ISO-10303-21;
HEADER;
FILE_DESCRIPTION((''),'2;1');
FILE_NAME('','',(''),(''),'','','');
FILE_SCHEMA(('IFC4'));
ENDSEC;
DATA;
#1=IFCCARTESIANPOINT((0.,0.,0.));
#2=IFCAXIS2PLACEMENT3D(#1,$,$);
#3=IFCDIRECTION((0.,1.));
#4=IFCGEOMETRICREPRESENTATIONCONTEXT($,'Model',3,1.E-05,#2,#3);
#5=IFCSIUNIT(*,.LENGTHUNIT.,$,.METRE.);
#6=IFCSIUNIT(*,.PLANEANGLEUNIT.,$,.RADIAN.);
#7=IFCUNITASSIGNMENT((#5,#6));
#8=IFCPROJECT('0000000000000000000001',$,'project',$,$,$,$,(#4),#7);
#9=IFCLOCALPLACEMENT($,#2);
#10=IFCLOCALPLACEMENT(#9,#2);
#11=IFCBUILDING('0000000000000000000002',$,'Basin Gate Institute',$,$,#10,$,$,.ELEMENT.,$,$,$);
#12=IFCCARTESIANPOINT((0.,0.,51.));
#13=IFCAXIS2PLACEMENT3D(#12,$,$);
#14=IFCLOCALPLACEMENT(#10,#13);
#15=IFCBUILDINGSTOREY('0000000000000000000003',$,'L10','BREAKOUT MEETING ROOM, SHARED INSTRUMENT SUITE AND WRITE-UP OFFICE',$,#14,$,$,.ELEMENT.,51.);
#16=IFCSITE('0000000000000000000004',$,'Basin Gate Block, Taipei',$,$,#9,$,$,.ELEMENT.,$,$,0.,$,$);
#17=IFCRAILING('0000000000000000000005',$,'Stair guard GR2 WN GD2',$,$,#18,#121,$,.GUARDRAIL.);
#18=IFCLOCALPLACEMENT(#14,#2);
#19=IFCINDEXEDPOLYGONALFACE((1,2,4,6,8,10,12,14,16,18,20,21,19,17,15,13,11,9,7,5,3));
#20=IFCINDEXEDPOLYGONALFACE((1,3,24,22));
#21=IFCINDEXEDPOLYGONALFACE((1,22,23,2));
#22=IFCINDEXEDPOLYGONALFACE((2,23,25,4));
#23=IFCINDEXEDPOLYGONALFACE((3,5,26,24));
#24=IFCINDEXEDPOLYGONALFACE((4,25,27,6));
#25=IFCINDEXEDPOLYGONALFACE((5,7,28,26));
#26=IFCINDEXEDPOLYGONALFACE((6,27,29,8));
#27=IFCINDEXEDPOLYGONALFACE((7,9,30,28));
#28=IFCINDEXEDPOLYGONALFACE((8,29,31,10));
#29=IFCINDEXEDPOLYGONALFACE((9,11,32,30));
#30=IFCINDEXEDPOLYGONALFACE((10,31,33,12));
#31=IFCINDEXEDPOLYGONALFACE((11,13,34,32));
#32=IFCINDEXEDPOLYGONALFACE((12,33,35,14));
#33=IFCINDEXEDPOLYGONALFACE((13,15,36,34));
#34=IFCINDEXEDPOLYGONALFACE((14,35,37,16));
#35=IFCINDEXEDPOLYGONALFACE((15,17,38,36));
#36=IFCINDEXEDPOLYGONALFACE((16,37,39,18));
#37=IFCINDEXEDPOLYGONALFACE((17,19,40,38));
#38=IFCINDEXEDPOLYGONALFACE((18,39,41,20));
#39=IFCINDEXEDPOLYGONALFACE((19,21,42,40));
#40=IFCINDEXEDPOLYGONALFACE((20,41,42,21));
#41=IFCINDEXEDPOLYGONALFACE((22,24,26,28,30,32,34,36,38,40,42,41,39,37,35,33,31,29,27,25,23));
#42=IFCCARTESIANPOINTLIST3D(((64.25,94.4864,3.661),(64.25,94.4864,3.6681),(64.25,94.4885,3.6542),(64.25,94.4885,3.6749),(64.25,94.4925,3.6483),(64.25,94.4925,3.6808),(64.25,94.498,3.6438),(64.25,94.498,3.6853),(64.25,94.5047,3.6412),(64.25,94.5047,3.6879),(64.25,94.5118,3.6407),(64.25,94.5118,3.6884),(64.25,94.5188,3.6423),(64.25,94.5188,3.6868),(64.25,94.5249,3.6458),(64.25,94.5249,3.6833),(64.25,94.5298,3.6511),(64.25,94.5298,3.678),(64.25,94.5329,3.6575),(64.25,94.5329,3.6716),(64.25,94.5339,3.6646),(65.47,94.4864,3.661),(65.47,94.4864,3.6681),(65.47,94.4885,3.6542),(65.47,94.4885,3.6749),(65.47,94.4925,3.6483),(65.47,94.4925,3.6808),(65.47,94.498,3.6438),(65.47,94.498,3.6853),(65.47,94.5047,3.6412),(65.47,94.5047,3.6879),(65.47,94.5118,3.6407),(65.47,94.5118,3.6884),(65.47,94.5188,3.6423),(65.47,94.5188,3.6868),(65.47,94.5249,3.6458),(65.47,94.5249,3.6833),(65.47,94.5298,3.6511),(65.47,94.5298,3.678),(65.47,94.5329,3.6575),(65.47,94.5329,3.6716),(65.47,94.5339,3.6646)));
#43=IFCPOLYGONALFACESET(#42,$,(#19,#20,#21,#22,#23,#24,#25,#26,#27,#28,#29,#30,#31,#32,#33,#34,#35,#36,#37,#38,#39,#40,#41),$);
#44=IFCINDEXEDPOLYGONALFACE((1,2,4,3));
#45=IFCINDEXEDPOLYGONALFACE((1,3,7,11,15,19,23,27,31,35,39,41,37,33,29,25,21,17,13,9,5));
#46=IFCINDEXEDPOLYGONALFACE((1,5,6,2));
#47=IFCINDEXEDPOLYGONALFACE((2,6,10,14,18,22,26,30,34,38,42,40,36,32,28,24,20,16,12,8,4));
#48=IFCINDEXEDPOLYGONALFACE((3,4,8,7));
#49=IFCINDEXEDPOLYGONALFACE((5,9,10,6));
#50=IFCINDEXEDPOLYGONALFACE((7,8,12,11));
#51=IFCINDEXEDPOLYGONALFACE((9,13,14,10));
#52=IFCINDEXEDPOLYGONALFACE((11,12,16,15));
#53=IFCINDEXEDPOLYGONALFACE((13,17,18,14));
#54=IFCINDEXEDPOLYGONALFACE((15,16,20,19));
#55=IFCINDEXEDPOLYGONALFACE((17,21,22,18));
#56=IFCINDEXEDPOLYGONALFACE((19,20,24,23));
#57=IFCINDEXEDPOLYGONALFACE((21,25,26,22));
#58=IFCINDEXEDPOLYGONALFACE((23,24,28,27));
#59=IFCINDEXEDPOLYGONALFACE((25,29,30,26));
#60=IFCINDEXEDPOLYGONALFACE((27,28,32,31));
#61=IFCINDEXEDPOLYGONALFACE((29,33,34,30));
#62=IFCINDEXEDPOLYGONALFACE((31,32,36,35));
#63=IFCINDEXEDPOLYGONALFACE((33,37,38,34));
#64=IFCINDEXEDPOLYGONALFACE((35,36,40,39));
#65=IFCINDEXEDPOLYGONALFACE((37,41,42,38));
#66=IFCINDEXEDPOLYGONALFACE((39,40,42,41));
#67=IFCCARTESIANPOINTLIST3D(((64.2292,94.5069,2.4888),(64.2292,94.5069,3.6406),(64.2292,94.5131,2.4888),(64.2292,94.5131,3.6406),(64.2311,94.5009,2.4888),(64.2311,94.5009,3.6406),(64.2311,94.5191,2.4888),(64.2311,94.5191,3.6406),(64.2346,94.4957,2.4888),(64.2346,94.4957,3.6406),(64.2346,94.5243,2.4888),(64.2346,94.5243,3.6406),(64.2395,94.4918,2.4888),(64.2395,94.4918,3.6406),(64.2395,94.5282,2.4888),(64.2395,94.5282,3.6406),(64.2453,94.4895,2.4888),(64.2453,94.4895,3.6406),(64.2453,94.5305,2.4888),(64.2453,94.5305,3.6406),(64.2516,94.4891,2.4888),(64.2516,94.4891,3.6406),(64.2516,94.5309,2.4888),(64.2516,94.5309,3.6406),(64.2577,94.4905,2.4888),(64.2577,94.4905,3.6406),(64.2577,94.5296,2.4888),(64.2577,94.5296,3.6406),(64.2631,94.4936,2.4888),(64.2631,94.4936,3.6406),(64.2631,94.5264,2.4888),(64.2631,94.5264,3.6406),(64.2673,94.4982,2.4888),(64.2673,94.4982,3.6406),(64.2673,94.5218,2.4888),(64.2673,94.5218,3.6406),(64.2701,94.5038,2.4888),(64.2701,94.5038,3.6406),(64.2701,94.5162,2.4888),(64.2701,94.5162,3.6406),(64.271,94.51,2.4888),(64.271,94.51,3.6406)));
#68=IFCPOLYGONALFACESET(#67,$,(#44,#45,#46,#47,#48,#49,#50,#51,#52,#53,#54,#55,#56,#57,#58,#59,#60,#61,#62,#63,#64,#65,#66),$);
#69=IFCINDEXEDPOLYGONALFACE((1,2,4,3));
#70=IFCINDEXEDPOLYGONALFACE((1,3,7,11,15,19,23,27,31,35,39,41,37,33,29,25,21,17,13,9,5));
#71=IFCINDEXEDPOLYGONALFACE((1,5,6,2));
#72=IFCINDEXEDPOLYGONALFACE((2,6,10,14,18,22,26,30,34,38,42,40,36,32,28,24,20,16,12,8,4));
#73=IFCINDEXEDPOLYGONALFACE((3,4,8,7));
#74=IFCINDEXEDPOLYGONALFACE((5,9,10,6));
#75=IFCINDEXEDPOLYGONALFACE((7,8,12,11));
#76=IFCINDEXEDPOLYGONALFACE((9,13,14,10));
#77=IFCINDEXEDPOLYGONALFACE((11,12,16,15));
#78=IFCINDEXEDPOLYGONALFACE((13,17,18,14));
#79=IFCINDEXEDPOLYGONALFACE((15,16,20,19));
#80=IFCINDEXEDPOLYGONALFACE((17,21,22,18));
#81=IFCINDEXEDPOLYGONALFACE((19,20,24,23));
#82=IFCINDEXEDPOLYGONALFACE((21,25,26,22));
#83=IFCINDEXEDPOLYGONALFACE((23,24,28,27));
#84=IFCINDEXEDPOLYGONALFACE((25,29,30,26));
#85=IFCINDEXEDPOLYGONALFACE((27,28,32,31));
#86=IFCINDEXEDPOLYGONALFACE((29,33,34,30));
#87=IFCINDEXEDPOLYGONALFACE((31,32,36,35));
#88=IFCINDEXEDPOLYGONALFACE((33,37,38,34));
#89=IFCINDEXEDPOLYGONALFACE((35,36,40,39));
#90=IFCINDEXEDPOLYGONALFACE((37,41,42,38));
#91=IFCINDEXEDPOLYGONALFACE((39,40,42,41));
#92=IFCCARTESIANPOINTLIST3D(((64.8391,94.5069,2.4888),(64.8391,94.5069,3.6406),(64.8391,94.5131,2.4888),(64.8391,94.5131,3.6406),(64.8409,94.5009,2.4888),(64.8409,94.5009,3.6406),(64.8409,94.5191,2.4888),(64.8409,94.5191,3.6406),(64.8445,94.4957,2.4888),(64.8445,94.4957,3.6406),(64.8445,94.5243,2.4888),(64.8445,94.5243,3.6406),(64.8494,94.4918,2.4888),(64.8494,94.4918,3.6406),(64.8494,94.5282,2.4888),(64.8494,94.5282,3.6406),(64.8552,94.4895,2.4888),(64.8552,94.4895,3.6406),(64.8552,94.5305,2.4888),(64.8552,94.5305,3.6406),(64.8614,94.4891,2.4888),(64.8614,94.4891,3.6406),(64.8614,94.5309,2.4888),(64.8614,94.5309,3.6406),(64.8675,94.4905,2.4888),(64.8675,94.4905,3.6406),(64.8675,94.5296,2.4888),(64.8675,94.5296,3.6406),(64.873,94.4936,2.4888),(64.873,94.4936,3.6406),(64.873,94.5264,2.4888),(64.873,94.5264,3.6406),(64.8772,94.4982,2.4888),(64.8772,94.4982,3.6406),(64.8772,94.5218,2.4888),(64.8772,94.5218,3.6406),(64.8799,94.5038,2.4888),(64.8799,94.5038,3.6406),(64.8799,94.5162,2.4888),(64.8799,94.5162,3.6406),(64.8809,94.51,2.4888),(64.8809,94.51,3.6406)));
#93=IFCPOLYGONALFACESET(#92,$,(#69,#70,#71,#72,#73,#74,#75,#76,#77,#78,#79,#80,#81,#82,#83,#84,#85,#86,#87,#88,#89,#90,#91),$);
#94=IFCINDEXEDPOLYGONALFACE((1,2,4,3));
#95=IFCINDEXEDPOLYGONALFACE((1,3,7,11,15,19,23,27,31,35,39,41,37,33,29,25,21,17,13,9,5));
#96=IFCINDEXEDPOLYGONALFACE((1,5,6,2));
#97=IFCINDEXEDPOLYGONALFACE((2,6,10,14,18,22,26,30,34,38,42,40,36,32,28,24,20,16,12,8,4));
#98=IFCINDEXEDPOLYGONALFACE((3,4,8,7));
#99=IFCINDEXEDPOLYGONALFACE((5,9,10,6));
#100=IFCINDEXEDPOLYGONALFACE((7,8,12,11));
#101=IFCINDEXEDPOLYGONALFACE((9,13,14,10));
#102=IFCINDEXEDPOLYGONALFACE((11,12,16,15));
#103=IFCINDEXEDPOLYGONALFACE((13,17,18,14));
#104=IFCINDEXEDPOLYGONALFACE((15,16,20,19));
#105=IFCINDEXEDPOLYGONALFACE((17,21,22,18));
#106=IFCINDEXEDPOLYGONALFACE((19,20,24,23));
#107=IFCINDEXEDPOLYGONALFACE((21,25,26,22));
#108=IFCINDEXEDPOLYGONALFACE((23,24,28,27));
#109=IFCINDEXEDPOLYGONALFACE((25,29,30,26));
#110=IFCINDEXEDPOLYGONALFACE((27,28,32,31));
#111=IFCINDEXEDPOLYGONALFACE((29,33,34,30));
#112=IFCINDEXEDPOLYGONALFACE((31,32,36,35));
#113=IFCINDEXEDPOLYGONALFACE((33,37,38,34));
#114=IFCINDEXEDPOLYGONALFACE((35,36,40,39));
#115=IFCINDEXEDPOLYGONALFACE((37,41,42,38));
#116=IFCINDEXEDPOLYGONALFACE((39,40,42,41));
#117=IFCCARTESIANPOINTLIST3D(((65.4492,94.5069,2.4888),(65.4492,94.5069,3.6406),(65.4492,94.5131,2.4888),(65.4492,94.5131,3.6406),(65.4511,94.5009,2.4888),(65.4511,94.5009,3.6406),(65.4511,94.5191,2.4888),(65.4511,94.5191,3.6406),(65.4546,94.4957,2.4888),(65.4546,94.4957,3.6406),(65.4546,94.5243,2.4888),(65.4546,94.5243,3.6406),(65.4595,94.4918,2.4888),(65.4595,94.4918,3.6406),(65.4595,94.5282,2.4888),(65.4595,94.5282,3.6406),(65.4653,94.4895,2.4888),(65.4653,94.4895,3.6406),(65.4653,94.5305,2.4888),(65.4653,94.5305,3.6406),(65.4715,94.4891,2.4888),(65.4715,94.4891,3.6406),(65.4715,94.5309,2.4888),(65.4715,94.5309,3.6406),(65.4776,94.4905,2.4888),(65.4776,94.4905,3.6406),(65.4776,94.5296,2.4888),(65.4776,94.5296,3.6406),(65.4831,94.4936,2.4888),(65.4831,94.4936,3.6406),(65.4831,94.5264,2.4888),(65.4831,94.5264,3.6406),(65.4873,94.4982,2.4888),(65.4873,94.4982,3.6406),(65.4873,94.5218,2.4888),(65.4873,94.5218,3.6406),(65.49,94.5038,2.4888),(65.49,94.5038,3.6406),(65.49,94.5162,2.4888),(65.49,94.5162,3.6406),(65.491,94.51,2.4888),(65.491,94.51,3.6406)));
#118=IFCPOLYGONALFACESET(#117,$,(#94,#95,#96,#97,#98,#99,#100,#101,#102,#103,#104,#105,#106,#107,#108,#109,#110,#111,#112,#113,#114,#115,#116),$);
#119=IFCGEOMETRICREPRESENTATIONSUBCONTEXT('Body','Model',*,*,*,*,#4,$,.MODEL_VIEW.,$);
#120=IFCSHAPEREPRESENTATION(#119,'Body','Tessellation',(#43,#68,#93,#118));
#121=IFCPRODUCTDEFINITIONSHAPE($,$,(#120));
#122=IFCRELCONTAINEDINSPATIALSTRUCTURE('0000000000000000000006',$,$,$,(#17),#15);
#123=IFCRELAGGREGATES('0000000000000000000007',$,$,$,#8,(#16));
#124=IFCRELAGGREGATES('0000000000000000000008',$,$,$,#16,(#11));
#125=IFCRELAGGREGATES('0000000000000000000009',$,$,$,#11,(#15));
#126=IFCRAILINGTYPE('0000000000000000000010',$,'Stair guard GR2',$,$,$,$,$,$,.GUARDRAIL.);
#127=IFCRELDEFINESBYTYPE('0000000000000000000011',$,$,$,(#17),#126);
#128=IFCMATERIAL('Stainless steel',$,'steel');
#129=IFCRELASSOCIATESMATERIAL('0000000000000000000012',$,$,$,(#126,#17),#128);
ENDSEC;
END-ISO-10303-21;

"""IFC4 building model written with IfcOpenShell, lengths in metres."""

from ifc_helpers import new_model, si_unit, direction, frame, origin, origin_2d, place, context, subcontext, project, spatial, circle, extrude, material, type_object, element, save


model = new_model("IFC4")

# Units and contexts
model_context = context("Model", 3, precision=1e-05, world=origin(), true_north=direction((0.0, 1.0)))
body_context = subcontext(model_context, "Body", "Model", "MODEL_VIEW")
ifc_project = project(units=[si_unit("LENGTHUNIT", "METRE"), si_unit("PLANEANGLEUNIT", "RADIAN")], contexts=[model_context])

# Site, building, storey
site_placement = place(None, origin())
site = spatial("IfcSite", under=ifc_project, at=site_placement, Name="Basin Gate Block, Taipei", CompositionType="ELEMENT", RefElevation=0.0)
building_placement = place(site_placement, origin())
building = spatial("IfcBuilding", under=site, at=building_placement, Name="Basin Gate Institute", CompositionType="ELEMENT")
storey_placement = place(building_placement, frame((0.0, 0.0, 51.0)))
storey = spatial("IfcBuildingStorey", under=building, at=storey_placement, Name="L10", Description="BREAKOUT MEETING ROOM, SHARED INSTRUMENT SUITE AND WRITE-UP OFFICE", CompositionType="ELEMENT", Elevation=51.0)

# Railing
ifc_material_1 = material(Name="Stainless steel", Category="steel")
railing_type_1 = type_object("IfcRailingType", Name="Stair guard GR2", PredefinedType="GUARDRAIL", material=ifc_material_1)
railing_1_placement = place(storey_placement, frame((64.25, 94.51, 2.4888)))
element("IfcRailing", 1, at=railing_1_placement, inside=storey, type_object=railing_type_1, material=ifc_material_1, Name="Stair guard GR2 WN GD2", PredefinedType="GUARDRAIL", context=body_context, shape_type="SweptSolid", body=[
    extrude(circle(Radius=0.0239, at=origin_2d()), frame((0.0, 0.0, 1.1758), z_axis=(1.0, 0.0, 0.0), x_axis=(0.0, 1.0, 0.0)), (0.0, 0.0, 1.0), 1.22),
    extrude(circle(Radius=0.021, at=origin_2d()), origin(), (0.0, 0.0, 1.0), 1.1519),
    extrude(circle(Radius=0.021, at=origin_2d()), frame((0.6099, 0.0, 0.0)), (0.0, 0.0, 1.0), 1.1519),
    extrude(circle(Radius=0.021, at=origin_2d()), frame((1.22, 0.0, 0.0)), (0.0, 0.0, 1.0), 1.1519),
])

save(model, "model.ifc")
